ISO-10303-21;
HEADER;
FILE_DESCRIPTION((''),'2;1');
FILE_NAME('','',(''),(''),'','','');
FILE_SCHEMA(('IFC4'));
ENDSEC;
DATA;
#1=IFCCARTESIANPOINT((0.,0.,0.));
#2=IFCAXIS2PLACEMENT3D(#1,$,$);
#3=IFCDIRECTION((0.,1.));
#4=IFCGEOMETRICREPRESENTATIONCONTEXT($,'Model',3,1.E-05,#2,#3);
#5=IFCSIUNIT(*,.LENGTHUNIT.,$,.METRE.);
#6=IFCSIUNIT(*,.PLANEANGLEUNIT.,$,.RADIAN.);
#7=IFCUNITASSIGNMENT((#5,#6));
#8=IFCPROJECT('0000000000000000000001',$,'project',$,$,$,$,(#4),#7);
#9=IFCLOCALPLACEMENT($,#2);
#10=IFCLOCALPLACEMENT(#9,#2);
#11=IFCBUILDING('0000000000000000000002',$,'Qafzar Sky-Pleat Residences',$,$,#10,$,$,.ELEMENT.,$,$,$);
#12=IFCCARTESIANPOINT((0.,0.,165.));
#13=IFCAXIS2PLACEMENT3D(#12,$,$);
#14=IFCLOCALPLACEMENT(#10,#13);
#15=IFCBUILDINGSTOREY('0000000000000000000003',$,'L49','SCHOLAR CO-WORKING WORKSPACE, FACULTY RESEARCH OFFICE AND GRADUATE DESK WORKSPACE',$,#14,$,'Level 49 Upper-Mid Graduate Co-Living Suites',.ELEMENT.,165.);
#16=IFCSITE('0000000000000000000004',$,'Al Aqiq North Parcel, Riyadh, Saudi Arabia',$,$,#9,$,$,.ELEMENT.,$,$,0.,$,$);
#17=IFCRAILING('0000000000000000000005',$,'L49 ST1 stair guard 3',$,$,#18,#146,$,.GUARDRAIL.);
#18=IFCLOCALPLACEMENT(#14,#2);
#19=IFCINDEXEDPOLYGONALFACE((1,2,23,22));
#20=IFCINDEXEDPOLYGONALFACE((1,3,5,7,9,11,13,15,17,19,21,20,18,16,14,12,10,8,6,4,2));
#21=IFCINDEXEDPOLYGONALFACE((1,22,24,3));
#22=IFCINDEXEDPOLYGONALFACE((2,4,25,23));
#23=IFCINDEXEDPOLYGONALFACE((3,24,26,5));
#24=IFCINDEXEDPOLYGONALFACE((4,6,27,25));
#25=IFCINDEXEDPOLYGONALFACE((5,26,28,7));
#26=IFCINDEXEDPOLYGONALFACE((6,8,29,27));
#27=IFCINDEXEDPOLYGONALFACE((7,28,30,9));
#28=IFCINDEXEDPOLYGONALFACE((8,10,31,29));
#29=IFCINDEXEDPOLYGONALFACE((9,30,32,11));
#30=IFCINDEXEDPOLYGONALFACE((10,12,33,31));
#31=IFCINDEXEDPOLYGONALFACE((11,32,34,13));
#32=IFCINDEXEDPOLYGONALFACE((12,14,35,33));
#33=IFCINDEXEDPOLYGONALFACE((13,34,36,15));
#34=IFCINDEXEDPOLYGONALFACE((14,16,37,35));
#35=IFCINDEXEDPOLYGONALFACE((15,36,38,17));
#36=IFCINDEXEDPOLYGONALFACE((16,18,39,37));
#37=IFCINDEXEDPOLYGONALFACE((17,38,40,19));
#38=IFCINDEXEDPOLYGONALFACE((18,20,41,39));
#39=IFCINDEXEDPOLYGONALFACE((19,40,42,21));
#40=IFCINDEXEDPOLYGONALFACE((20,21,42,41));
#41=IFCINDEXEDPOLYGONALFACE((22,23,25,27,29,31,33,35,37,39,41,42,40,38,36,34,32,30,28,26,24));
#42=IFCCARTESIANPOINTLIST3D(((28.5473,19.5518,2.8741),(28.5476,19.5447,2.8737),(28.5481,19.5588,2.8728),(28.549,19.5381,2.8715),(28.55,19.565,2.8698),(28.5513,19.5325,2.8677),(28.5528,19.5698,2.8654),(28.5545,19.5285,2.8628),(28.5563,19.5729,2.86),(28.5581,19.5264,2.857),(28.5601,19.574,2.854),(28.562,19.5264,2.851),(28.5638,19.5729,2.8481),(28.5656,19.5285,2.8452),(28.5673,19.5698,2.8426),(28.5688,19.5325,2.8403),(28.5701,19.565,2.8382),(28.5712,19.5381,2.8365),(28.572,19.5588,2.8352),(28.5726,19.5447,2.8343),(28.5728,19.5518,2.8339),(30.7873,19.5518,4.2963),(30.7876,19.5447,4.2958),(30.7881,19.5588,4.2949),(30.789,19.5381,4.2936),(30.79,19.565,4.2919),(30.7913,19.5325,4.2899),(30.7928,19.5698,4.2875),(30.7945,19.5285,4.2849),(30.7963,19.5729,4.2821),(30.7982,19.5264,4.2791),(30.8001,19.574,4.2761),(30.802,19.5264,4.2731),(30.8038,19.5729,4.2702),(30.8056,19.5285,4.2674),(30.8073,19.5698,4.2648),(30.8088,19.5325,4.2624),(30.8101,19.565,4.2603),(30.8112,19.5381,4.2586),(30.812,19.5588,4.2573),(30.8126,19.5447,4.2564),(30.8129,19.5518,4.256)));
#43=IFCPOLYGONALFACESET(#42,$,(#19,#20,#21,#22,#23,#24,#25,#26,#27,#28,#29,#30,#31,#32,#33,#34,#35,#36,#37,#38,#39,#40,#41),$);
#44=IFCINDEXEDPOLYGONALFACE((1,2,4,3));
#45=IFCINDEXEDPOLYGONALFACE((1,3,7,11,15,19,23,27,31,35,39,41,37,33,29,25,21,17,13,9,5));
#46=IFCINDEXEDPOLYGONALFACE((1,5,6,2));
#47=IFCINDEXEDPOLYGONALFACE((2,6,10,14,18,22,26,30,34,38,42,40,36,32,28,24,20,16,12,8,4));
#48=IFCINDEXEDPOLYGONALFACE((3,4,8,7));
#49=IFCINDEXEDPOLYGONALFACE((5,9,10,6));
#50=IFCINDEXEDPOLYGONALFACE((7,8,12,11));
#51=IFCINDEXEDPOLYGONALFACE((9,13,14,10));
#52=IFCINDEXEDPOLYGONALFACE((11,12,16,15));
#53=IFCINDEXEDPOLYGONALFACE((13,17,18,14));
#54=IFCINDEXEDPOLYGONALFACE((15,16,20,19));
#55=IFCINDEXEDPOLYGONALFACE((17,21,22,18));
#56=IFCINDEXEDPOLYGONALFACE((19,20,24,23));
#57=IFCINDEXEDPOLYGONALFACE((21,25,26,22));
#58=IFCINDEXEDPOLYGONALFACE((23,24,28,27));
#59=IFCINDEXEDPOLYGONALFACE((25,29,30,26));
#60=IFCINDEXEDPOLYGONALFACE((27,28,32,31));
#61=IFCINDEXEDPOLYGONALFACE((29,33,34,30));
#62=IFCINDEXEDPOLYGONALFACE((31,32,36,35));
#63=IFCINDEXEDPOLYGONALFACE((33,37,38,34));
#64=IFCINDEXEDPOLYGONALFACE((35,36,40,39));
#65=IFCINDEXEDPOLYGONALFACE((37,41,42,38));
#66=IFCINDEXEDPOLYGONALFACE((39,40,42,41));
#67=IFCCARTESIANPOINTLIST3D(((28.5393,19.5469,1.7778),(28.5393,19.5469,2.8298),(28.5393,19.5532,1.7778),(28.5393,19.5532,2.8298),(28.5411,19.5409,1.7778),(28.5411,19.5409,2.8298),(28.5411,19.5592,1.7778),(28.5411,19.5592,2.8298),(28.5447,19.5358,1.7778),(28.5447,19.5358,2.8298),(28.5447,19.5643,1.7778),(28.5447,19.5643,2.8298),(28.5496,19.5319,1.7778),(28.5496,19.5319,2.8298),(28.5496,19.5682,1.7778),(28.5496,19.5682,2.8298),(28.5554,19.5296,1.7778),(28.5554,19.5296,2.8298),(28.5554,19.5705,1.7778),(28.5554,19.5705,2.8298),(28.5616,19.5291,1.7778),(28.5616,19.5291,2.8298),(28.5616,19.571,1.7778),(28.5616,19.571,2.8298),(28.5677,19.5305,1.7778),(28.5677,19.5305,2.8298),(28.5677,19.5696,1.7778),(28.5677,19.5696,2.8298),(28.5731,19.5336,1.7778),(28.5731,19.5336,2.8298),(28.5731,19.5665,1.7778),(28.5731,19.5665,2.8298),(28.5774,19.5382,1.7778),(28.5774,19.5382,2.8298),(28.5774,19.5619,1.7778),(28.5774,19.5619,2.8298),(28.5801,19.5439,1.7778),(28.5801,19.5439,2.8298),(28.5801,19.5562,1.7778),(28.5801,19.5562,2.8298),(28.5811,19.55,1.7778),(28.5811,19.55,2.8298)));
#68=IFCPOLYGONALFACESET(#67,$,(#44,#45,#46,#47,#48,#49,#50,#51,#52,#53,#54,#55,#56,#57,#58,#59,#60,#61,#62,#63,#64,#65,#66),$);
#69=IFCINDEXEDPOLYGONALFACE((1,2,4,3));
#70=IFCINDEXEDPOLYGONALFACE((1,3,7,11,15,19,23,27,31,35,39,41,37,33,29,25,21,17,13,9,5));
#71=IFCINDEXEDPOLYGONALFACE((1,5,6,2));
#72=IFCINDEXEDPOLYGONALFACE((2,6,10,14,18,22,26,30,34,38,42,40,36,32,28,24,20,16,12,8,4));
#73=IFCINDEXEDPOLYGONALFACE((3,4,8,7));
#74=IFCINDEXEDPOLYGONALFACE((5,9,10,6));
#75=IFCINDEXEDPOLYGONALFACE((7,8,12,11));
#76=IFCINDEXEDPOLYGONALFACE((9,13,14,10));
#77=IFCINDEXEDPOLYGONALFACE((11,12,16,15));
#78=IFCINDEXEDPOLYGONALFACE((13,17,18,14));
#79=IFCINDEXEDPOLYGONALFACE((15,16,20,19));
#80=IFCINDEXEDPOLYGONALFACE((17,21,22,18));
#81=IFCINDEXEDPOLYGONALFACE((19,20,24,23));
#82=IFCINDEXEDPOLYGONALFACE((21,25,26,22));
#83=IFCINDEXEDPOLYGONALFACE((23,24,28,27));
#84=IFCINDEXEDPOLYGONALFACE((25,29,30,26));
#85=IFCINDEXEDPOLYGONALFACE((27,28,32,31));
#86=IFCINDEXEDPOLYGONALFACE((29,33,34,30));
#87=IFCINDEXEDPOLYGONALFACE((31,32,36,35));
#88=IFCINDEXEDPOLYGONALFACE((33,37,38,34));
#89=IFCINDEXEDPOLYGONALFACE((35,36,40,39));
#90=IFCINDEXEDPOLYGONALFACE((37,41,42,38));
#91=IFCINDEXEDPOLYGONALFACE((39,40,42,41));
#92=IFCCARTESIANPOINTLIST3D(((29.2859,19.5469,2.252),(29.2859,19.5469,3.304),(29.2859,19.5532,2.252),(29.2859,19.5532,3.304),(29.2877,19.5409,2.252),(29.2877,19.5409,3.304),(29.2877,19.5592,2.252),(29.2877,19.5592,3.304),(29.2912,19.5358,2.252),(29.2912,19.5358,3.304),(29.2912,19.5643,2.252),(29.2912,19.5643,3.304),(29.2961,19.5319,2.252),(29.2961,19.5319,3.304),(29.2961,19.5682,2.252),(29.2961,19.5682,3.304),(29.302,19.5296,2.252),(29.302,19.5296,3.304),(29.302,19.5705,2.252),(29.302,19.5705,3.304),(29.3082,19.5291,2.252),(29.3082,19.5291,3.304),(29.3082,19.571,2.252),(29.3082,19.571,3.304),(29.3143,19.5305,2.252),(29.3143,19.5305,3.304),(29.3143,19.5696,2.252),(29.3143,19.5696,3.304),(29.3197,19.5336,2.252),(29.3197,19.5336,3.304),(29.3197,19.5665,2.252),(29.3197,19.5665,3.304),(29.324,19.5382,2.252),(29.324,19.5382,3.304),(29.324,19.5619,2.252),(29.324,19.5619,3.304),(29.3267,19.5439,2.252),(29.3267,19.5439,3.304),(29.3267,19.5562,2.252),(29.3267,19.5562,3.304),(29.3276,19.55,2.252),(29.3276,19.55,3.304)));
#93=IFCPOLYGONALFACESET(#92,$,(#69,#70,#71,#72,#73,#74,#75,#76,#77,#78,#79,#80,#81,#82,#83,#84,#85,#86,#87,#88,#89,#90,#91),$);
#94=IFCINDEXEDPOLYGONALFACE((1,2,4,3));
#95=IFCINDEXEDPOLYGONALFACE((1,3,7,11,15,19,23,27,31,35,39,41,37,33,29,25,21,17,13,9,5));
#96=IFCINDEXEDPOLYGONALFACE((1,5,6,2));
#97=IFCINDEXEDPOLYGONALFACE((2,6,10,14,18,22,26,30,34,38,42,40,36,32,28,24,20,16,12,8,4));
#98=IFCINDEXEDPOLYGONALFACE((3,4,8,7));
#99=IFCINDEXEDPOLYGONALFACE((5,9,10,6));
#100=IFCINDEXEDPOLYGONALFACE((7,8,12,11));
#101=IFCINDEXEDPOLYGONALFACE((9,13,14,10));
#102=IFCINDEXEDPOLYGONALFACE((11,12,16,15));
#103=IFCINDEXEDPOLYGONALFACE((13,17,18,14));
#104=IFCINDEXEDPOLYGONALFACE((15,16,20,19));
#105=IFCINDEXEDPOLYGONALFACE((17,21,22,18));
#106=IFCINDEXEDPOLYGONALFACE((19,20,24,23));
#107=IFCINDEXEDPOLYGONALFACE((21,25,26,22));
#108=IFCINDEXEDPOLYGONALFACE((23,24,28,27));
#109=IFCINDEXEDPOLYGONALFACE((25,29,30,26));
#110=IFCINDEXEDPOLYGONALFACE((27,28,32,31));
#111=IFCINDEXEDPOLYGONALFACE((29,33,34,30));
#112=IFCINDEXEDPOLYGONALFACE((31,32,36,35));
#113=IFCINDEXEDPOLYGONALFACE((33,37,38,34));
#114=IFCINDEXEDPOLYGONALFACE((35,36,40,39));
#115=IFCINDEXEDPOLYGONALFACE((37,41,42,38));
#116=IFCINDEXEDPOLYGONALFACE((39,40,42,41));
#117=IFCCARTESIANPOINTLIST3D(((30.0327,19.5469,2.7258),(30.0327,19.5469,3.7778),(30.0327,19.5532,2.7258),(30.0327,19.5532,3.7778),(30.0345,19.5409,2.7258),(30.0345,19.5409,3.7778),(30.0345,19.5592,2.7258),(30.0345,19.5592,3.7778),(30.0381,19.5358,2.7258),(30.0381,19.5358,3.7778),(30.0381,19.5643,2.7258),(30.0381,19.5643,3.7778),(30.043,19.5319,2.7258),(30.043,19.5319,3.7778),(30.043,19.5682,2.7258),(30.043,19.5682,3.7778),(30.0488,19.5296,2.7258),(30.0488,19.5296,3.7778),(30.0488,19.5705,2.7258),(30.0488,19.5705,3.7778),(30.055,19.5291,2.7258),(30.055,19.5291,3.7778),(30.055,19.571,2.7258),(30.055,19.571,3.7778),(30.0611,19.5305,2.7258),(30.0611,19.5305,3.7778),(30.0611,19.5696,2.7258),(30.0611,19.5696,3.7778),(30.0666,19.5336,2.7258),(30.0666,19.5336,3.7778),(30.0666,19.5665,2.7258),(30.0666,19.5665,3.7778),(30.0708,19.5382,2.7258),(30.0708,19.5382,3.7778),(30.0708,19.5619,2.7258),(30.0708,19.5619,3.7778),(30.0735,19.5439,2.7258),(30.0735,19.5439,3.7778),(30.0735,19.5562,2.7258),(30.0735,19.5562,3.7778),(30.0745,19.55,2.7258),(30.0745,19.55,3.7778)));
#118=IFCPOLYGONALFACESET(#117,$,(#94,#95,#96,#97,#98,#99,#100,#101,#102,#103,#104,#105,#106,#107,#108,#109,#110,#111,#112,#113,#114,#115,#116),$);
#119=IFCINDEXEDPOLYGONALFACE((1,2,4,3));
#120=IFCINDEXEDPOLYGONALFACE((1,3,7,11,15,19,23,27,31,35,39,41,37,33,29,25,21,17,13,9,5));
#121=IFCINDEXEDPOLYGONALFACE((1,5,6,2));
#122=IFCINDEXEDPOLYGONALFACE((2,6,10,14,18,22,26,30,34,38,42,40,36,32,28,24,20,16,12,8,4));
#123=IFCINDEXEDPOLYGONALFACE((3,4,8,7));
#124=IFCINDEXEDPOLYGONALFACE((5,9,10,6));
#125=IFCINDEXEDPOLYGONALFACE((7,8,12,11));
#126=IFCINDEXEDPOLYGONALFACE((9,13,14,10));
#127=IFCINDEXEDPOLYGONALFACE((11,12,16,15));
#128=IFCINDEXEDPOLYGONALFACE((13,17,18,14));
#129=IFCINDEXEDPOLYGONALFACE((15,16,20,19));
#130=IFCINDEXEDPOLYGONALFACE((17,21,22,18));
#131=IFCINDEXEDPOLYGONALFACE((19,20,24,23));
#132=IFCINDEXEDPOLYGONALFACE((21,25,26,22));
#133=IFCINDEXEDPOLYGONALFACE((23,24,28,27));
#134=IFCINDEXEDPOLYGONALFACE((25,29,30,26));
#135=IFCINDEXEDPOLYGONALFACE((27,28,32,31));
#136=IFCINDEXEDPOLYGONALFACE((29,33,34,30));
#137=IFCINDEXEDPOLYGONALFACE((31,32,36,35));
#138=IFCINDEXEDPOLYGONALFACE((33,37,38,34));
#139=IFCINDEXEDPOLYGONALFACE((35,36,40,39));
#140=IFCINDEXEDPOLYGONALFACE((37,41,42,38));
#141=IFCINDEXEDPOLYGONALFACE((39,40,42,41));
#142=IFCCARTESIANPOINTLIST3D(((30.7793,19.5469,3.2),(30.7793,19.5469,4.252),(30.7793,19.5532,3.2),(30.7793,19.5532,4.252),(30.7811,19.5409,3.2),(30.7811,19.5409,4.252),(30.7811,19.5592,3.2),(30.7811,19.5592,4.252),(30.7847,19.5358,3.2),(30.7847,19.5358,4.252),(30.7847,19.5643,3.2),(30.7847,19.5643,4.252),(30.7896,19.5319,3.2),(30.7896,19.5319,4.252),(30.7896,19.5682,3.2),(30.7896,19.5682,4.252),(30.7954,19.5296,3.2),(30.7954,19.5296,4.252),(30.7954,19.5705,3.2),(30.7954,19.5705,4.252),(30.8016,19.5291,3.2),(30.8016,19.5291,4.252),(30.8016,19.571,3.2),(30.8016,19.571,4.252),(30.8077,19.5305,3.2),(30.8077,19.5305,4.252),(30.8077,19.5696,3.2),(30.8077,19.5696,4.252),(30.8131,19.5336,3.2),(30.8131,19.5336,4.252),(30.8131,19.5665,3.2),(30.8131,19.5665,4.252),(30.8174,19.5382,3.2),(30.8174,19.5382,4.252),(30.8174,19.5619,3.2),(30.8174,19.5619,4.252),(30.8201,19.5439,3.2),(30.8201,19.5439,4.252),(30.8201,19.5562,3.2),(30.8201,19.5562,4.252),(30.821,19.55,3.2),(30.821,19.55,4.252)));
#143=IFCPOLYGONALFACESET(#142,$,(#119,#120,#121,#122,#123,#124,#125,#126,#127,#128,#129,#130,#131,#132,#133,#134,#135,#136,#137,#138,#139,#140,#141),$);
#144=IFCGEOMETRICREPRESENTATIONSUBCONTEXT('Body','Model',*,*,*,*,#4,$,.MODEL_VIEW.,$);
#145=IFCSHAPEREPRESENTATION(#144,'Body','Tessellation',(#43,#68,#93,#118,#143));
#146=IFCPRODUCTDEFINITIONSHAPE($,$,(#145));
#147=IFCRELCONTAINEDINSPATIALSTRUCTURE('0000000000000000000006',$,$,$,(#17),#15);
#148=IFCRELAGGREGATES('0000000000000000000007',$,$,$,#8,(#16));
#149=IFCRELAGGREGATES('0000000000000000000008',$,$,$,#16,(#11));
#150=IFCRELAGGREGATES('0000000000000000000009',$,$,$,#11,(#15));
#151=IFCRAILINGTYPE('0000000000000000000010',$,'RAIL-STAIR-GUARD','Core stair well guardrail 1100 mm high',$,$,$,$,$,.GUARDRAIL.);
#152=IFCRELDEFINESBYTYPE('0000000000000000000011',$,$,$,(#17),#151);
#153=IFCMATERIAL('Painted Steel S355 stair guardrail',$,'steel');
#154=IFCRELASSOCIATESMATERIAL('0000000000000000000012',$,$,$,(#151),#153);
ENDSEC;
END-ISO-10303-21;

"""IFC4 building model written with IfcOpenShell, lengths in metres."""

from ifc_helpers import new_model, si_unit, direction, frame, origin, origin_2d, place, context, subcontext, project, spatial, circle, extrude, source, transform, mapped, material, type_object, element, save


model = new_model("IFC4")

# Units and contexts
model_context = context("Model", 3, precision=1e-05, world=origin(), true_north=direction((0.0, 1.0)))
body_context = subcontext(model_context, "Body", "Model", "MODEL_VIEW")
ifc_project = project(units=[si_unit("LENGTHUNIT", "METRE"), si_unit("PLANEANGLEUNIT", "RADIAN")], contexts=[model_context])

# Site, building, storey
site_placement = place(None, origin())
site = spatial("IfcSite", under=ifc_project, at=site_placement, Name="Al Aqiq North Parcel, Riyadh, Saudi Arabia", CompositionType="ELEMENT", RefElevation=0.0)
building_placement = place(site_placement, origin())
building = spatial("IfcBuilding", under=site, at=building_placement, Name="Qafzar Sky-Pleat Residences", CompositionType="ELEMENT")
storey_placement = place(building_placement, frame((0.0, 0.0, 165.0)))
storey = spatial("IfcBuildingStorey", under=building, at=storey_placement, Name="L49", Description="SCHOLAR CO-WORKING WORKSPACE, FACULTY RESEARCH OFFICE AND GRADUATE DESK WORKSPACE", LongName="Level 49 Upper-Mid Graduate Co-Living Suites", CompositionType="ELEMENT", Elevation=165.0)

# Railing
ifc_material_1 = material(Name="Painted Steel S355 stair guardrail", Category="steel")
railing_type_1 = type_object("IfcRailingType", Name="RAIL-STAIR-GUARD", Description="Core stair well guardrail 1100 mm high", PredefinedType="GUARDRAIL", material=ifc_material_1)
shared_shape_1 = source(origin(), body_context, "Body", "SweptSolid", [
    extrude(circle(Radius=0.0239, at=origin_2d()), frame((0.0, 0.0, 1.0762), z_axis=(0.844229, 0.0, 0.535982), x_axis=(0.0, 1.0, 0.0)), (0.0, 0.0, 1.0), 2.6533),
    extrude(circle(Radius=0.021, at=origin_2d()), origin(), (0.0, 0.0, 1.0), 1.052),
    extrude(circle(Radius=0.021, at=origin_2d()), frame((0.7466, 0.0, 0.4741)), (0.0, 0.0, 1.0), 1.052),
    extrude(circle(Radius=0.021, at=origin_2d()), frame((1.4934, 0.0, 0.948)), (0.0, 0.0, 1.0), 1.052),
    extrude(circle(Radius=0.021, at=origin_2d()), frame((2.24, 0.0, 1.4221)), (0.0, 0.0, 1.0), 1.052),
])
railing_1_placement = place(storey_placement, frame((28.5601, 19.55, 1.7778)))
element("IfcRailing", 1, at=railing_1_placement, inside=storey, type_object=railing_type_1, Name="L49 ST1 stair guard 3", PredefinedType="GUARDRAIL", context=body_context, shape_type="MappedRepresentation", body=[
    mapped(shared_shape_1, transform((0.0, 0.0, 0.0), x_axis=(1.0, 0.0, 0.0), y_axis=(0.0, 1.0, 0.0), z_axis=(0.0, 0.0, 1.0), scale=1.0)),
])

save(model, "model.ifc")
